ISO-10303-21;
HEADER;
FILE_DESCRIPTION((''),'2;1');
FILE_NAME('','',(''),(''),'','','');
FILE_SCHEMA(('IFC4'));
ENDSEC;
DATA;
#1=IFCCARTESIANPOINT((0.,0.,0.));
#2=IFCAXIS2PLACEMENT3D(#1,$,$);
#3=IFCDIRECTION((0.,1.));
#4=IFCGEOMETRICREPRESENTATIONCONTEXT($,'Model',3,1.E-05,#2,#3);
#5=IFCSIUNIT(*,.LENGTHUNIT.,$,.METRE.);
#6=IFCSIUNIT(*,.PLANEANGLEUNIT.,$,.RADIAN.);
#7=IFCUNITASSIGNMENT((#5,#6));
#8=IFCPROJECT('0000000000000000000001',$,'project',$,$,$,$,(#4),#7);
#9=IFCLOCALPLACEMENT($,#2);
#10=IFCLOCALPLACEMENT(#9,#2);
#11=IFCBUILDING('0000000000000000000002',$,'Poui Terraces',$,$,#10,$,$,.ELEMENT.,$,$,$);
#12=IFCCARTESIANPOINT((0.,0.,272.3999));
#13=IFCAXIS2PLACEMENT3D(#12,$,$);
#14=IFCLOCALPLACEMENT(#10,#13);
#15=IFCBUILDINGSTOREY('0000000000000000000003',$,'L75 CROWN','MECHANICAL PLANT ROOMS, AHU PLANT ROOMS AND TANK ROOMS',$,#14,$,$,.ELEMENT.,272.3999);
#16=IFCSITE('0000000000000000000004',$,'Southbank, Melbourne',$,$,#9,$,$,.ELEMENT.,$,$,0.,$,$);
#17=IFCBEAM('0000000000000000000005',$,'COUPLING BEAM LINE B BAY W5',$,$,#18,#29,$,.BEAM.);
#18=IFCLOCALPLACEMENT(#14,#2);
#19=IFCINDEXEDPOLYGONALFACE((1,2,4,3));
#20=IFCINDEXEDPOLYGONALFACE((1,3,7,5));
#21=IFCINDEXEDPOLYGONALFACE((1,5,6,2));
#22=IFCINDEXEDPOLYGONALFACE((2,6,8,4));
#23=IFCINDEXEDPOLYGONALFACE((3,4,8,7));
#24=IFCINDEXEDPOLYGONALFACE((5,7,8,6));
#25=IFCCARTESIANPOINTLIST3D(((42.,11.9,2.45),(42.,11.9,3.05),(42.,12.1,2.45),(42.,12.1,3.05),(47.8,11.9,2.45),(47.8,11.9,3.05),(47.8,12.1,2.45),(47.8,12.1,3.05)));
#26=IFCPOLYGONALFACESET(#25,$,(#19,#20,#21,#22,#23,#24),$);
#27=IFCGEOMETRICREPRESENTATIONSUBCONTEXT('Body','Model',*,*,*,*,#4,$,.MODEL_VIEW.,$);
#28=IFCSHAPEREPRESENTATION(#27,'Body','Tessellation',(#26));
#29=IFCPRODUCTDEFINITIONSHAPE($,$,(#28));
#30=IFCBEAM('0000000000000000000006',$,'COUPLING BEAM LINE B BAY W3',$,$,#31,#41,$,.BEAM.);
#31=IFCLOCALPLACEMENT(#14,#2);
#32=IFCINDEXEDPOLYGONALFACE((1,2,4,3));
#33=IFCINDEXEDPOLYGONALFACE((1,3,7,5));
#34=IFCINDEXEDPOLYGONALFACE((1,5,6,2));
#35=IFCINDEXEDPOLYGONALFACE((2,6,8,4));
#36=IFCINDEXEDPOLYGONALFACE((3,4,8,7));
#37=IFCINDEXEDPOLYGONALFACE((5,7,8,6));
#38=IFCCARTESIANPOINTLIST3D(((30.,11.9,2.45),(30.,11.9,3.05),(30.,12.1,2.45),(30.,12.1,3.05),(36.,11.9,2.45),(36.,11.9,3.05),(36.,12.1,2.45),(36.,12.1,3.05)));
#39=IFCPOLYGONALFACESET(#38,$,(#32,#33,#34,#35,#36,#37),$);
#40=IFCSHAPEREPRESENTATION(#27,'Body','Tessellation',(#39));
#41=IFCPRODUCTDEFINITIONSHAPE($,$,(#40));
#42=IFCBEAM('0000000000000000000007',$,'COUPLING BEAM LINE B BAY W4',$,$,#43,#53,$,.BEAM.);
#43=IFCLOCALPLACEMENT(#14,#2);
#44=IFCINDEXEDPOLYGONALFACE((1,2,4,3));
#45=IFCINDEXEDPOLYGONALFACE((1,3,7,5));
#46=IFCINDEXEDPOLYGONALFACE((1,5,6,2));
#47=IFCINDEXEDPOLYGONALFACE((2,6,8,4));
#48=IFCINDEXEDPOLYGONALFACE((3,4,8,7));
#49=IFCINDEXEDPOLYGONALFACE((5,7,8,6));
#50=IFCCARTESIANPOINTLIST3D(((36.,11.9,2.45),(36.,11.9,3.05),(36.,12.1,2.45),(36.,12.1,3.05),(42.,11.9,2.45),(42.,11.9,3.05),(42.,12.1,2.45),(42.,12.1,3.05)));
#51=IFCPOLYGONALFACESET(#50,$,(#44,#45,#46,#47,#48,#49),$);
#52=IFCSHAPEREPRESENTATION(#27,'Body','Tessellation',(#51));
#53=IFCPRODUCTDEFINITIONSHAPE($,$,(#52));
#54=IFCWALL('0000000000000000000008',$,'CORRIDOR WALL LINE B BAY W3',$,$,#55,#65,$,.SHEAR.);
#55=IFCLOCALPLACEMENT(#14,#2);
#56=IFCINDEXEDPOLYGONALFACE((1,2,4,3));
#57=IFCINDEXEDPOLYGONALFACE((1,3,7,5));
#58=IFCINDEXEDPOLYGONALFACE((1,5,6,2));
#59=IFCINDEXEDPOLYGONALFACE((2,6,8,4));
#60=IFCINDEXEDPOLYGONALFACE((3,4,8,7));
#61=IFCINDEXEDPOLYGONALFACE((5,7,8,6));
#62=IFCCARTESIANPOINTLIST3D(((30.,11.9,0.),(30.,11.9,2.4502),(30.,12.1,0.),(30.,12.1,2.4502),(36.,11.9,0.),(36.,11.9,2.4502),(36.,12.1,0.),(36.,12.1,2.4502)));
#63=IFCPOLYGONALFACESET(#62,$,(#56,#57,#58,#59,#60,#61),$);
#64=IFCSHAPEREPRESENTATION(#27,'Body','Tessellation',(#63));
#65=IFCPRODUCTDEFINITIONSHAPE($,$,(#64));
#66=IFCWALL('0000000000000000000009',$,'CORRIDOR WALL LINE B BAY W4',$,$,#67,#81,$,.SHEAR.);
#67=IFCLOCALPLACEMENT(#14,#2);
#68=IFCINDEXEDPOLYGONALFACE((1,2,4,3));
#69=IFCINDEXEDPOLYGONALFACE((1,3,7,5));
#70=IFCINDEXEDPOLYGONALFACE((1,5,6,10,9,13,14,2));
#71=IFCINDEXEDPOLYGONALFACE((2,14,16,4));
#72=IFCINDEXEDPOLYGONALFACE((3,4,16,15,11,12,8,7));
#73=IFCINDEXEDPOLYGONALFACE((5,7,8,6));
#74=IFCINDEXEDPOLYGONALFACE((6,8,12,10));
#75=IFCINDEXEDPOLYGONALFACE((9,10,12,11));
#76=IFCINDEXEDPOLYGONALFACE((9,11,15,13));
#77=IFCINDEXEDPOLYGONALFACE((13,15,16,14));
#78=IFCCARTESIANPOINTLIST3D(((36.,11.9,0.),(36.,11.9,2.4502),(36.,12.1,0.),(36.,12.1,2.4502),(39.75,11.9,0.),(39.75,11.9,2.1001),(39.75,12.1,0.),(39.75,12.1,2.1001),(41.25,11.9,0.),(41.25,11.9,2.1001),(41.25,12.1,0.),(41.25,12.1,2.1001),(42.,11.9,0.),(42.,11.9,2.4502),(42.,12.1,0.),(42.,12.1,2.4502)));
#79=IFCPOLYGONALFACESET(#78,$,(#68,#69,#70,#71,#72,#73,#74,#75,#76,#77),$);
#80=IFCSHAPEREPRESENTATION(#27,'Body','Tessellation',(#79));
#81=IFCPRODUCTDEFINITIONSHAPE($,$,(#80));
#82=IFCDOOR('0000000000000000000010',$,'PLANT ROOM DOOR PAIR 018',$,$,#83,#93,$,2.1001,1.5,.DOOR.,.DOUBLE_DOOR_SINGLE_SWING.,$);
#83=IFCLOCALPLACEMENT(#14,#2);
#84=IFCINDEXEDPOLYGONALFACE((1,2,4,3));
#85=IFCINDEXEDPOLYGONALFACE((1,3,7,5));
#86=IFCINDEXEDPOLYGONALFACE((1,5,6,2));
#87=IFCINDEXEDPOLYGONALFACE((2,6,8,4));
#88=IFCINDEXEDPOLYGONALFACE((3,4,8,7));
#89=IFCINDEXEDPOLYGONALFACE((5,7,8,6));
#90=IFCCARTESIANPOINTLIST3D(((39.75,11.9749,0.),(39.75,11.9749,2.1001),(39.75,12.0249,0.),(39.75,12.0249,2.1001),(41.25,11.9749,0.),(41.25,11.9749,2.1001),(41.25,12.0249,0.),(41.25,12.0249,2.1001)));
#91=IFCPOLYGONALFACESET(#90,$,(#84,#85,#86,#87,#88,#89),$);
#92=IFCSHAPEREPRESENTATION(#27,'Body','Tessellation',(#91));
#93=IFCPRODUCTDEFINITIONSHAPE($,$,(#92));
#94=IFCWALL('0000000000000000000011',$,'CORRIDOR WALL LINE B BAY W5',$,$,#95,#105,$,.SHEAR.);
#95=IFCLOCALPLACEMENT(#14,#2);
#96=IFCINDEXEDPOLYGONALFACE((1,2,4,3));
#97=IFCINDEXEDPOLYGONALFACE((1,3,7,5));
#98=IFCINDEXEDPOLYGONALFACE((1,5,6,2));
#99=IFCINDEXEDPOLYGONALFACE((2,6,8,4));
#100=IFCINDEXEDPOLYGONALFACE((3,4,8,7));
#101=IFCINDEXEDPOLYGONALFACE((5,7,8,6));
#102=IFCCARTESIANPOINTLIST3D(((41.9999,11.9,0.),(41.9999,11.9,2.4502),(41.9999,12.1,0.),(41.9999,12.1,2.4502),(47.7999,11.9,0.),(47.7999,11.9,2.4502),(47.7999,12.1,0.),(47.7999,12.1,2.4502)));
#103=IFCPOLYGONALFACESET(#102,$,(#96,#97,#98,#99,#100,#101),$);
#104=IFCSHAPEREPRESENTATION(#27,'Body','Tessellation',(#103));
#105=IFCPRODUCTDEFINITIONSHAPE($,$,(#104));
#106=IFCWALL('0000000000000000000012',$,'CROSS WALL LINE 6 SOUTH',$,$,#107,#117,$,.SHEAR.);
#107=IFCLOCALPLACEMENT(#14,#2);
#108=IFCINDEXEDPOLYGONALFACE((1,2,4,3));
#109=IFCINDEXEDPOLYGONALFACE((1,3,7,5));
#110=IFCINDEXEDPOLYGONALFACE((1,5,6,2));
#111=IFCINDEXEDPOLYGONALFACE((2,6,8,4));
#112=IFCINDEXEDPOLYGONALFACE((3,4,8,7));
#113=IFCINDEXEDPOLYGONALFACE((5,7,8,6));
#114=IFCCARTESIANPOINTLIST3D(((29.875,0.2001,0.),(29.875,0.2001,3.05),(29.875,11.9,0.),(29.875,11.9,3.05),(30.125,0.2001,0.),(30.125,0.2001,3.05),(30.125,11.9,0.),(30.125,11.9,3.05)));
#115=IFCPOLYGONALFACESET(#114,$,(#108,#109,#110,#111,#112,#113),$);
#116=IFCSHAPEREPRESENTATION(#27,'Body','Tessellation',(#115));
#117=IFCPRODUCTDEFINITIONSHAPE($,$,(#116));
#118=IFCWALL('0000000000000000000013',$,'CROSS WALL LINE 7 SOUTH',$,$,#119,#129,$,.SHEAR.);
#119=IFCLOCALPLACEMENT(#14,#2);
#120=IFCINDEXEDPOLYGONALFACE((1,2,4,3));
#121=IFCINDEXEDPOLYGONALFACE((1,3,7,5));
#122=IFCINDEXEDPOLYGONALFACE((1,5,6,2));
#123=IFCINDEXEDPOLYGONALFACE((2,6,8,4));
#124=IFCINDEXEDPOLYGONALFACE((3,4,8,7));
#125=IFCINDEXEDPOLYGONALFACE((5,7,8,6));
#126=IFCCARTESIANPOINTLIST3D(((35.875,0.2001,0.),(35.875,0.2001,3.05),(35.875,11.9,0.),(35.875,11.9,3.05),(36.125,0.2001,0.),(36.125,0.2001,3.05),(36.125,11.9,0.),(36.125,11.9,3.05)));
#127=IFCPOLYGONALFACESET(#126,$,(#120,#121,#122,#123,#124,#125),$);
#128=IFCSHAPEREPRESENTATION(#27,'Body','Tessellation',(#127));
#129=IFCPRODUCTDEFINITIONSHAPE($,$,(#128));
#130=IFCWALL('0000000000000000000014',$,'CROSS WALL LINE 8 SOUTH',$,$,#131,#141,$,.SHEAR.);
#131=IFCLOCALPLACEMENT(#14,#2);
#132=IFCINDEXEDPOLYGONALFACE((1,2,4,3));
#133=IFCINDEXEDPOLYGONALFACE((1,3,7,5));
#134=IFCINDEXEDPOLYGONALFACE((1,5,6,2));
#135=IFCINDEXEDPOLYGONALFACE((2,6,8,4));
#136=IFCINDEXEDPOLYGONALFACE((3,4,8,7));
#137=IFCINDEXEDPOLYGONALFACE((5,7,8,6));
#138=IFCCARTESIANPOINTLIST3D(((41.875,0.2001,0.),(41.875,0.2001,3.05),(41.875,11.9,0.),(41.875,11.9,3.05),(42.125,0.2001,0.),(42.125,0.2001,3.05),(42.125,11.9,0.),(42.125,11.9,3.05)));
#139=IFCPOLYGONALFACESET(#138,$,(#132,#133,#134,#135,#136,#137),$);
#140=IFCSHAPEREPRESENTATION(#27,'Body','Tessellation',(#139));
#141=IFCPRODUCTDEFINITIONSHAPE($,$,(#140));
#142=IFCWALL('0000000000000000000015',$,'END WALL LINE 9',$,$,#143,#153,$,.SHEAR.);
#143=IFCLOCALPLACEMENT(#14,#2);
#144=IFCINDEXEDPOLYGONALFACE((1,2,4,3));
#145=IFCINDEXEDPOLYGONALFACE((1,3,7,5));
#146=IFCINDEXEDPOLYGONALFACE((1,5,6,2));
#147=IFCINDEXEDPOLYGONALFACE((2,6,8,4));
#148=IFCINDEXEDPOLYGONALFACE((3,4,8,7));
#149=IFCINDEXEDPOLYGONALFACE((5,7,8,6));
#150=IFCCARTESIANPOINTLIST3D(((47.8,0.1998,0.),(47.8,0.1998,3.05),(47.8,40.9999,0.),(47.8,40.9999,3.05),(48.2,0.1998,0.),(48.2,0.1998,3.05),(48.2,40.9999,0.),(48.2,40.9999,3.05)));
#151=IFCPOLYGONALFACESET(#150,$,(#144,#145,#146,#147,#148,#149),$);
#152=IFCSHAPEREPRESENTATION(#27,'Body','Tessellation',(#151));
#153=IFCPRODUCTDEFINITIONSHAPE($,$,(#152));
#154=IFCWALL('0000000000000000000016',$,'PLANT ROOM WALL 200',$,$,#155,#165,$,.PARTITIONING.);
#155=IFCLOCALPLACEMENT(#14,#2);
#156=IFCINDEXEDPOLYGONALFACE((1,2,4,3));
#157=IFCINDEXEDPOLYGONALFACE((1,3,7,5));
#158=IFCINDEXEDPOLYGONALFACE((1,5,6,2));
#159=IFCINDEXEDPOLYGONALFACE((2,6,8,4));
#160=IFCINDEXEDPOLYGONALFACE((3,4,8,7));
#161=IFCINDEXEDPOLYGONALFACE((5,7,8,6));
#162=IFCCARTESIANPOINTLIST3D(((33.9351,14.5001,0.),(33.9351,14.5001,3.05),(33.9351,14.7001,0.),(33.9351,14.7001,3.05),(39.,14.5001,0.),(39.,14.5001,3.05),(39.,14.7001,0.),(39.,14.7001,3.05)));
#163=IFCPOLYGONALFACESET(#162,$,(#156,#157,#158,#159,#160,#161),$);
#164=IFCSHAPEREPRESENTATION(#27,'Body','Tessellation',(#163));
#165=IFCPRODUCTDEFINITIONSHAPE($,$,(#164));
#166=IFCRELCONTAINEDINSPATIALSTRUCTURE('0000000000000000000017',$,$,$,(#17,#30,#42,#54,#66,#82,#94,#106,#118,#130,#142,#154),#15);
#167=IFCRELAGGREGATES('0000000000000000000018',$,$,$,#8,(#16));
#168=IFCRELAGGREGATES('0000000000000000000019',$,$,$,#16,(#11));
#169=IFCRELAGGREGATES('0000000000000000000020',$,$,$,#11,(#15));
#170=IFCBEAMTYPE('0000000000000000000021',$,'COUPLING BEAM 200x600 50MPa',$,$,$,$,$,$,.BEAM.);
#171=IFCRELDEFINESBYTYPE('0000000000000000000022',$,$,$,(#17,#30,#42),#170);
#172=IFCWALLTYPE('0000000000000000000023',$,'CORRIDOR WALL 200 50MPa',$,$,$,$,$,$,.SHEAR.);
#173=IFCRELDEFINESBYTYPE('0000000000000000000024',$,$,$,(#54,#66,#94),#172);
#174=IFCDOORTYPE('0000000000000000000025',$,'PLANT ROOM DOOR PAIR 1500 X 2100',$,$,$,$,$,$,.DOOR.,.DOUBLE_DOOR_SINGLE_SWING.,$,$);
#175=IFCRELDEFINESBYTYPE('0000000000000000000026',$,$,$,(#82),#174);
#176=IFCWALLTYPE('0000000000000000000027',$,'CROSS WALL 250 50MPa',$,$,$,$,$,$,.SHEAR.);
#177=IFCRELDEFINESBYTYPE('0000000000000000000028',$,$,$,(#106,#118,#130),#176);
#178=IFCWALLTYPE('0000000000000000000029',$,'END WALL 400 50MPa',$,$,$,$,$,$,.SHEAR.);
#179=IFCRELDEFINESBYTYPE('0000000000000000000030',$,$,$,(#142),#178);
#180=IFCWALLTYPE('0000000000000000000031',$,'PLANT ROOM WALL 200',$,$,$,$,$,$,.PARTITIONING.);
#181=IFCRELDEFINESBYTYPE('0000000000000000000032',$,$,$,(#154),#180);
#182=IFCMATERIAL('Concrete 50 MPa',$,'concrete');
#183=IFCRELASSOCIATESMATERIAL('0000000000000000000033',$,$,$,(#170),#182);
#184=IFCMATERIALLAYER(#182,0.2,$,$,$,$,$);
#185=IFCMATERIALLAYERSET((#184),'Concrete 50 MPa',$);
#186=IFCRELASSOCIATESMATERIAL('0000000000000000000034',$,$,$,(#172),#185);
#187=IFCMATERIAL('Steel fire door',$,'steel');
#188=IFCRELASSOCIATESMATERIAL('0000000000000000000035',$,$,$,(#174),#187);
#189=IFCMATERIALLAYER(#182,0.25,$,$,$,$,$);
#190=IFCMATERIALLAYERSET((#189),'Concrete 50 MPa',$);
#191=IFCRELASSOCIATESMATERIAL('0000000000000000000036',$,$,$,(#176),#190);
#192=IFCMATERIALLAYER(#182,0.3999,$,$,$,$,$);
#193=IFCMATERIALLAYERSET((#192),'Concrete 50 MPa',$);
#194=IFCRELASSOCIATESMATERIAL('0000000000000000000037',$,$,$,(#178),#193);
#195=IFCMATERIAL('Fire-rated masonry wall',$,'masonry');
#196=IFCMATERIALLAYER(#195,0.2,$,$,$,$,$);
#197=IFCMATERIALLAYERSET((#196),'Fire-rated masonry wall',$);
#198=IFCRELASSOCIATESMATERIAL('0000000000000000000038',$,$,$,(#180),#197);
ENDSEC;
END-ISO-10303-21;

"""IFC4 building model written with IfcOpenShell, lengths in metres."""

from ifc_helpers import new_model, si_unit, direction, frame, frame_2d, origin, origin_2d, place, context, subcontext, project, spatial, rectangle, extrude, source, transform, mapped, material, layer, layer_set, material_profile, profile_set, type_object, element, fill, save


model = new_model("IFC4")

# Units and contexts
model_context = context("Model", 3, precision=1e-05, world=origin(), true_north=direction((0.0, 1.0)))
body_context = subcontext(model_context, "Body", "Model", "MODEL_VIEW")
ifc_project = project(units=[si_unit("LENGTHUNIT", "METRE"), si_unit("PLANEANGLEUNIT", "RADIAN")], contexts=[model_context])

# Site, building, storey
site_placement = place(None, origin())
site = spatial("IfcSite", under=ifc_project, at=site_placement, Name="Southbank, Melbourne", CompositionType="ELEMENT", RefElevation=0.0)
building_placement = place(site_placement, origin())
building = spatial("IfcBuilding", under=site, at=building_placement, Name="Poui Terraces", CompositionType="ELEMENT")
storey_placement = place(building_placement, frame((0.0, 0.0, 272.3999)))
storey = spatial("IfcBuildingStorey", under=building, at=storey_placement, Name="L75 CROWN", Description="MECHANICAL PLANT ROOMS, AHU PLANT ROOMS AND TANK ROOMS", CompositionType="ELEMENT", Elevation=272.3999)

# Beams
ifc_material_1 = material(Name="Concrete 50 MPa", Category="concrete")
ifc_material_profile_1 = material_profile(ifc_material_1, rectangle(XDim=0.2, YDim=0.6001, at=origin_2d()), Name="RC 200x600")
ifc_profile_set_1 = profile_set([ifc_material_profile_1], Name="Concrete 50 MPa")
beam_type = type_object("IfcBeamType", Name="COUPLING BEAM 200x600 50MPa", PredefinedType="BEAM", material=ifc_profile_set_1)
shared_shape_1 = source(origin(), body_context, "Body", "SweptSolid", [
    extrude(rectangle(XDim=0.2, YDim=0.6001, at=origin_2d()), origin(), (0.0, 0.0, 1.0), 5.8),
])
beam_placement = place(storey_placement, frame((42.0, 12.0, 2.75), z_axis=(1.0, 0.0, 0.0), x_axis=(0.0, 1.0, 0.0)))
element("IfcBeam", 1, at=beam_placement, inside=storey, type_object=beam_type, Name="COUPLING BEAM LINE B BAY W5", PredefinedType="BEAM", context=body_context, shape_type="MappedRepresentation", body=[
    mapped(shared_shape_1, transform((0.0, 0.0, 0.0))),
])
shared_shape_2 = source(origin(), body_context, "Body", "SweptSolid", [
    extrude(rectangle(XDim=0.2, YDim=0.6001, at=origin_2d()), origin(), (0.0, 0.0, 1.0), 6.0),
])
for number, where, z_axis, x_axis, name in (
    (2, (30.0, 12.0, 2.75), (1.0, 0.0, 0.0), (0.0, 1.0, 0.0), "COUPLING BEAM LINE B BAY W3"),
    (3, (36.0, 12.0, 2.75), (1.0, 0.0, 0.0), (0.0, 1.0, 0.0), "COUPLING BEAM LINE B BAY W4"),
):
    element("IfcBeam", number, at=place(storey_placement, frame(where, z_axis=z_axis, x_axis=x_axis)), inside=storey, type_object=beam_type, Name=name, PredefinedType="BEAM", context=body_context, shape_type="MappedRepresentation", body=[
        mapped(shared_shape_2, transform((0.0, 0.0, 0.0))),
    ])

# Wall
ifc_layer_1 = layer(ifc_material_1, 0.2)
ifc_layer_set_1 = layer_set([ifc_layer_1], Name="Concrete 50 MPa")
wall_type_1 = type_object("IfcWallType", Name="CORRIDOR WALL 200 50MPa", PredefinedType="SHEAR", material=ifc_layer_set_1)
wall_1_placement = place(storey_placement, frame((30.0, 12.0, 0.0), z_axis=(0.0, 0.0, 1.0), x_axis=(1.0, 0.0, 0.0)))
element("IfcWall", 4, at=wall_1_placement, inside=storey, type_object=wall_type_1, Name="CORRIDOR WALL LINE B BAY W3", PredefinedType="SHEAR", context=body_context, shape_type="SweptSolid", body=[
    extrude(rectangle(XDim=6.0, YDim=0.2, at=frame_2d((3.0, 0.0))), origin(), (0.0, 0.0, 1.0), 2.4502),
])

# Wall, opening, door
wall_2_placement = place(storey_placement, frame((36.0, 12.0, 0.0), z_axis=(0.0, 0.0, 1.0), x_axis=(1.0, 0.0, 0.0)))
wall_2 = element("IfcWall", 5, at=wall_2_placement, inside=storey, type_object=wall_type_1, Name="CORRIDOR WALL LINE B BAY W4", PredefinedType="SHEAR", context=body_context, shape_type="SweptSolid", body=[
    extrude(rectangle(XDim=6.0, YDim=0.2, at=frame_2d((3.0, 0.0))), origin(), (0.0, 0.0, 1.0), 2.4502),
])
opening_1_placement = place(wall_2_placement, frame((3.75, 0.0, 0.0)))
opening_1 = element("IfcOpeningElement", 6, at=opening_1_placement, cuts=wall_2, PredefinedType="OPENING", context=body_context, shape_type="SweptSolid", body=[
    extrude(rectangle(XDim=1.5, YDim=2.1001, at=frame_2d((0.75, 1.05))), frame((0.0, 0.1099, 0.0), z_axis=(0.0, -1.0, 0.0), x_axis=(1.0, 0.0, 0.0)), (0.0, 0.0, 1.0), 0.22),
])
ifc_material_2 = material(Name="Steel fire door", Category="steel")
door_type_1 = type_object("IfcDoorType", Name="PLANT ROOM DOOR PAIR 1500 X 2100", OperationType="DOUBLE_DOOR_SINGLE_SWING", PredefinedType="DOOR", material=ifc_material_2)
door_1_placement = place(opening_1_placement, origin())
door_1 = element("IfcDoor", 7, at=door_1_placement, inside=storey, type_object=door_type_1, Name="PLANT ROOM DOOR PAIR 018", OperationType="DOUBLE_DOOR_SINGLE_SWING", OverallHeight=2.1001, OverallWidth=1.5, PredefinedType="DOOR", context=body_context, shape_type="SweptSolid", body=[
    extrude(rectangle(XDim=1.5, YDim=2.1001, at=frame_2d((0.75, 1.05))), frame((0.0, 0.0249, 0.0), z_axis=(0.0, -1.0, 0.0), x_axis=(1.0, 0.0, 0.0)), (0.0, 0.0, 1.0), 0.05),
])
fill(opening_1, door_1)

# Walls
wall_3_placement = place(storey_placement, frame((42.0, 12.0, 0.0), z_axis=(0.0, 0.0, 1.0), x_axis=(1.0, 0.0, 0.0)))
element("IfcWall", 8, at=wall_3_placement, inside=storey, type_object=wall_type_1, Name="CORRIDOR WALL LINE B BAY W5", PredefinedType="SHEAR", context=body_context, shape_type="SweptSolid", body=[
    extrude(rectangle(XDim=5.8, YDim=0.2, at=frame_2d((2.8999, 0.0))), origin(), (0.0, 0.0, 1.0), 2.4502),
])
ifc_layer_2 = layer(ifc_material_1, 0.25)
ifc_layer_set_2 = layer_set([ifc_layer_2], Name="Concrete 50 MPa")
wall_type_2 = type_object("IfcWallType", Name="CROSS WALL 250 50MPa", PredefinedType="SHEAR", material=ifc_layer_set_2)
for number, where, z_axis, x_axis, name in (
    (9, (30.0, 0.2, 0.0), (0.0, 0.0, 1.0), (0.0, 1.0, 0.0), "CROSS WALL LINE 6 SOUTH"),
    (10, (36.0, 0.2, 0.0), (0.0, 0.0, 1.0), (0.0, 1.0, 0.0), "CROSS WALL LINE 7 SOUTH"),
    (11, (42.0, 0.2, 0.0), (0.0, 0.0, 1.0), (0.0, 1.0, 0.0), "CROSS WALL LINE 8 SOUTH"),
):
    element("IfcWall", number, at=place(storey_placement, frame(where, z_axis=z_axis, x_axis=x_axis)), inside=storey, type_object=wall_type_2, Name=name, PredefinedType="SHEAR", context=body_context, shape_type="SweptSolid", body=[
        extrude(rectangle(XDim=11.7, YDim=0.25, at=frame_2d((5.8501, 0.0))), origin(), (0.0, 0.0, 1.0), 3.05),
    ])
ifc_layer_3 = layer(ifc_material_1, 0.3999)
ifc_layer_set_3 = layer_set([ifc_layer_3], Name="Concrete 50 MPa")
wall_type_3 = type_object("IfcWallType", Name="END WALL 400 50MPa", PredefinedType="SHEAR", material=ifc_layer_set_3)
wall_4_placement = place(storey_placement, frame((48.0, 0.2, 0.0), z_axis=(0.0, 0.0, 1.0), x_axis=(0.0, 1.0, 0.0)))
element("IfcWall", 12, at=wall_4_placement, inside=storey, type_object=wall_type_3, Name="END WALL LINE 9", PredefinedType="SHEAR", context=body_context, shape_type="SweptSolid", body=[
    extrude(rectangle(XDim=40.8, YDim=0.3999, at=frame_2d((20.3999, 0.0))), origin(), (0.0, 0.0, 1.0), 3.05),
])
ifc_material_3 = material(Name="Fire-rated masonry wall", Category="masonry")
ifc_layer_4 = layer(ifc_material_3, 0.2)
ifc_layer_set_4 = layer_set([ifc_layer_4], Name="Fire-rated masonry wall")
wall_type_4 = type_object("IfcWallType", Name="PLANT ROOM WALL 200", PredefinedType="PARTITIONING", material=ifc_layer_set_4)
wall_5_placement = place(storey_placement, frame((33.9351, 14.6001, 0.0), z_axis=(0.0, 0.0, 1.0), x_axis=(1.0, 0.0, 0.0)))
element("IfcWall", 13, at=wall_5_placement, inside=storey, type_object=wall_type_4, Name="PLANT ROOM WALL 200", PredefinedType="PARTITIONING", context=body_context, shape_type="SweptSolid", body=[
    extrude(rectangle(XDim=5.0649, YDim=0.2, at=frame_2d((2.5325, 0.0))), origin(), (0.0, 0.0, 1.0), 3.05),
])

save(model, "model.ifc")
